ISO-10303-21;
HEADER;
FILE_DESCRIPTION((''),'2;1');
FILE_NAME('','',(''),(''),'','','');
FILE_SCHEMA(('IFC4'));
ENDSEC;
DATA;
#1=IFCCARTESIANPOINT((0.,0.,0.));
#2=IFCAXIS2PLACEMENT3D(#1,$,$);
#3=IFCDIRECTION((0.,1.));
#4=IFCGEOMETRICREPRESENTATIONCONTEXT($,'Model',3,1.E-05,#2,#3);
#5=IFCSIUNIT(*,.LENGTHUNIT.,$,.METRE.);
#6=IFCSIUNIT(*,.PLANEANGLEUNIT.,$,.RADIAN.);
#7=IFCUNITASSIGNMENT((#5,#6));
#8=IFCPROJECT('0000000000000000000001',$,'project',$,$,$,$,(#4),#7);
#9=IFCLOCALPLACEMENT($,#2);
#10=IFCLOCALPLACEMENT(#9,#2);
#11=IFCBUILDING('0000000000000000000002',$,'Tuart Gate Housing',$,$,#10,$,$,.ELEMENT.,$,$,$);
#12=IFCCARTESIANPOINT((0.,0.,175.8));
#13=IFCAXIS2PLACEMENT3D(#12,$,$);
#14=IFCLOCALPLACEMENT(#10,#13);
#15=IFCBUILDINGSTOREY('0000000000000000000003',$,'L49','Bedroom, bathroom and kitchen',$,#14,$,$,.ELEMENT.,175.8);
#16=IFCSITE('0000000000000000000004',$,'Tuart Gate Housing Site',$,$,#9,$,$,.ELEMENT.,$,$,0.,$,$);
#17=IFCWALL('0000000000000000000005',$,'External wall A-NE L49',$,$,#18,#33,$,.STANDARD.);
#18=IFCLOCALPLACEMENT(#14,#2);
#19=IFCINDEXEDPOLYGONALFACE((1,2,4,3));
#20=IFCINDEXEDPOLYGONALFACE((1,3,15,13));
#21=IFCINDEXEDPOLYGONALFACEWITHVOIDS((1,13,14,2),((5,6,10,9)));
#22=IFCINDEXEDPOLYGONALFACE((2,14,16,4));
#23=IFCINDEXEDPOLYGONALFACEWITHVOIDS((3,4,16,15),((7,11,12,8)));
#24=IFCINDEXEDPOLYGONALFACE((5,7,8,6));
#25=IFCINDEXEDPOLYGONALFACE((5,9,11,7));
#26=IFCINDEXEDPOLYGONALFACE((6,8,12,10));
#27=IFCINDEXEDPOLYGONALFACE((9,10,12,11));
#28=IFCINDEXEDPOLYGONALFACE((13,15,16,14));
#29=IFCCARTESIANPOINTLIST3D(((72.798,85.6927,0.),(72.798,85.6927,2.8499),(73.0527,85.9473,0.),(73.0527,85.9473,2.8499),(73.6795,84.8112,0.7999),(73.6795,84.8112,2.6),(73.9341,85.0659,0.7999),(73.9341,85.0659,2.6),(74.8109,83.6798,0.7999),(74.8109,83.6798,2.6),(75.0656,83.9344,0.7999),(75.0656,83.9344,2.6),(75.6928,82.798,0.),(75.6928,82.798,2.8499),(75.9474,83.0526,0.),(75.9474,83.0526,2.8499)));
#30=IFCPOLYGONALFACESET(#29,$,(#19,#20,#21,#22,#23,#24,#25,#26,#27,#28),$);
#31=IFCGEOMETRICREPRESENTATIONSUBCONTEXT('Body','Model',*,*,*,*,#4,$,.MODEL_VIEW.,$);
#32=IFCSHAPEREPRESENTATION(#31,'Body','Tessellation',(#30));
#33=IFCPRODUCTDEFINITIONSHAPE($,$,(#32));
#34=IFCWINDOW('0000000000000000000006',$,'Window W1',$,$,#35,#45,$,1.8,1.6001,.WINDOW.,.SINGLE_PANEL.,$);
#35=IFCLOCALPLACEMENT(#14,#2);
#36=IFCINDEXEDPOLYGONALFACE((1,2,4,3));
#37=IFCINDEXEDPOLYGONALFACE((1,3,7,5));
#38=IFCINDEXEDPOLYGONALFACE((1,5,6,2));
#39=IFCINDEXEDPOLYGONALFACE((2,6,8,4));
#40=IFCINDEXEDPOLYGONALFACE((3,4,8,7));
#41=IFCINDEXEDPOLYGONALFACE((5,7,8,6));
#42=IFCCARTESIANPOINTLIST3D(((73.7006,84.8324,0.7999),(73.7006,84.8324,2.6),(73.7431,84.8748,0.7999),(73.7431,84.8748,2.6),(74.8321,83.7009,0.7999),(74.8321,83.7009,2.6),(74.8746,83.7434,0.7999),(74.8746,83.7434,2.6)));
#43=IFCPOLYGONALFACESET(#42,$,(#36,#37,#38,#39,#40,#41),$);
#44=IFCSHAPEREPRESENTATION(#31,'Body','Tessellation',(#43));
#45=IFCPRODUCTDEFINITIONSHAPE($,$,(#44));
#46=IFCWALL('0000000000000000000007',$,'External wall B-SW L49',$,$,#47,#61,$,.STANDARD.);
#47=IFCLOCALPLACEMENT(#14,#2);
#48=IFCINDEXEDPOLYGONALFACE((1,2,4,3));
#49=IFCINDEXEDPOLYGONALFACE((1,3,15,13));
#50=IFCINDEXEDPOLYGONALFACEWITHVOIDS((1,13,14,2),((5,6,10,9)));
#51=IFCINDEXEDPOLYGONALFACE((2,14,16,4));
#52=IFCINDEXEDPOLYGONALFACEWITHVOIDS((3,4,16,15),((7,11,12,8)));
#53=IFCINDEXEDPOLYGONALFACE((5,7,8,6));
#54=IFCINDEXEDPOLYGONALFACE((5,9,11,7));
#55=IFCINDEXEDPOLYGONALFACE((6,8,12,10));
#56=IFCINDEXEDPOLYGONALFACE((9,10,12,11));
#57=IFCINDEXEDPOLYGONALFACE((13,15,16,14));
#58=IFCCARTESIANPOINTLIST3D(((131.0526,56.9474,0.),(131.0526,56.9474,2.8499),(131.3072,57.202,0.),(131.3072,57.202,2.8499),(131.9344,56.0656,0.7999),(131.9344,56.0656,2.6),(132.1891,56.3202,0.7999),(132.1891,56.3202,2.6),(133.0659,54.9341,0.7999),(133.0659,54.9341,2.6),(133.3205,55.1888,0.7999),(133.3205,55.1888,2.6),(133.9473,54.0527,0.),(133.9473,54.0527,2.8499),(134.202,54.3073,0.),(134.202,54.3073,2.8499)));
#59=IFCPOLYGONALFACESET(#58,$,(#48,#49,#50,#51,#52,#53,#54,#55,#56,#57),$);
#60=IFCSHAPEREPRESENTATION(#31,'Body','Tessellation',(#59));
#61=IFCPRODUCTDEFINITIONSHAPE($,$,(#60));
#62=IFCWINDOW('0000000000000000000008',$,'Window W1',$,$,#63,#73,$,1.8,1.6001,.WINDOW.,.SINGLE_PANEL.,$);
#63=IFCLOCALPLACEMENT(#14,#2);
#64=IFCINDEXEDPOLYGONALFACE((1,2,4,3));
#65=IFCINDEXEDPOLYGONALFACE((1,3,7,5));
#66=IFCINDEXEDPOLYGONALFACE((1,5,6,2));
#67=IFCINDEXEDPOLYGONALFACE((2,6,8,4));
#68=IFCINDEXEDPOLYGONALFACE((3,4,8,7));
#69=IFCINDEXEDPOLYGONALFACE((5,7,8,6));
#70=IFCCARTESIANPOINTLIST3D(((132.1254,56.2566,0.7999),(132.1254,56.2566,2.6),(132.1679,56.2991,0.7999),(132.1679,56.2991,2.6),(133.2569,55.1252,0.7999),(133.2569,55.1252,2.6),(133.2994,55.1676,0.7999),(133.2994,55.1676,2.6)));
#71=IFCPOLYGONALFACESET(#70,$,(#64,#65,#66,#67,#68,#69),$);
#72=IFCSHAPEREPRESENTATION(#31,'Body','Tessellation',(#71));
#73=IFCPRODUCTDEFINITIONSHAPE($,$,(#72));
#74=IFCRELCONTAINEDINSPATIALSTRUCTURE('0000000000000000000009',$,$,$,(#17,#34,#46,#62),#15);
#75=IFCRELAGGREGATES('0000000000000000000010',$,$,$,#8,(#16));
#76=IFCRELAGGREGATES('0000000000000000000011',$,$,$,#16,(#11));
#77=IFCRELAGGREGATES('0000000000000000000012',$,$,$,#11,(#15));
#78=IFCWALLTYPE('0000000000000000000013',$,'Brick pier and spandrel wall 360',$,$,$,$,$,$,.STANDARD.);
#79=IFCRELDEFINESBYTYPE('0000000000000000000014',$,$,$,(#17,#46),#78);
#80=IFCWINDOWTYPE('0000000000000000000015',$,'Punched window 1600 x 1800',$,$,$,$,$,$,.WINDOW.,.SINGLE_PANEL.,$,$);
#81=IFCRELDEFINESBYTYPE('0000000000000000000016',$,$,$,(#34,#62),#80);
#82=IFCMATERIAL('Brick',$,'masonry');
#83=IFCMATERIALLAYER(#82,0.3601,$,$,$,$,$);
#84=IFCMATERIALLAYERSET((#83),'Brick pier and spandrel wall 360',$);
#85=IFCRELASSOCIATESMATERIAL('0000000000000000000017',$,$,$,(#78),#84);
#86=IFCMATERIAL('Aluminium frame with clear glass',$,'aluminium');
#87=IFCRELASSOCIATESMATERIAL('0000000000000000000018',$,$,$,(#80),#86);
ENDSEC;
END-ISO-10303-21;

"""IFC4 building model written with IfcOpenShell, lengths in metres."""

from ifc_helpers import new_model, si_unit, direction, frame, frame_2d, origin, place, context, subcontext, project, spatial, rectangle, extrude, material, layer, layer_set, type_object, element, fill, save


model = new_model("IFC4")

# Units and contexts
model_context = context("Model", 3, precision=1e-05, world=origin(), true_north=direction((0.0, 1.0)))
body_context = subcontext(model_context, "Body", "Model", "MODEL_VIEW")
ifc_project = project(units=[si_unit("LENGTHUNIT", "METRE"), si_unit("PLANEANGLEUNIT", "RADIAN")], contexts=[model_context])

# Site, building, storey
site_placement = place(None, origin())
site = spatial("IfcSite", under=ifc_project, at=site_placement, Name="Tuart Gate Housing Site", CompositionType="ELEMENT", RefElevation=0.0)
building_placement = place(site_placement, origin())
building = spatial("IfcBuilding", under=site, at=building_placement, Name="Tuart Gate Housing", CompositionType="ELEMENT")
storey_placement = place(building_placement, frame((0.0, 0.0, 175.8)))
storey = spatial("IfcBuildingStorey", under=building, at=storey_placement, Name="L49", Description="Bedroom, bathroom and kitchen", CompositionType="ELEMENT", Elevation=175.8)

# Shared definitions
ifc_material_1 = material(Name="Brick", Category="masonry")
ifc_layer_1 = layer(ifc_material_1, 0.3601)
ifc_layer_set_1 = layer_set([ifc_layer_1], Name="Brick pier and spandrel wall 360")
wall_type_1 = type_object("IfcWallType", Name="Brick pier and spandrel wall 360", PredefinedType="STANDARD", material=ifc_layer_set_1)
ifc_material_2 = material(Name="Aluminium frame with clear glass", Category="aluminium")
window_type_1 = type_object("IfcWindowType", Name="Punched window 1600 x 1800", PartitioningType="SINGLE_PANEL", PredefinedType="WINDOW", material=ifc_material_2)

# Walls, openings, windows
wall_1_placement = place(storey_placement, frame((75.8201, 82.9253, 0.0), z_axis=(0.0, 0.0, 1.0), x_axis=(-0.707107, 0.707107, 0.0)))
wall_1 = element("IfcWall", 1, at=wall_1_placement, inside=storey, type_object=wall_type_1, Name="External wall A-NE L49", PredefinedType="STANDARD", context=body_context, shape_type="SweptSolid", body=[
    extrude(rectangle(XDim=4.0938, YDim=0.3601, at=frame_2d((2.0469, 0.0))), origin(), (0.0, 0.0, 1.0), 2.8499),
])
opening_1_placement = place(wall_1_placement, frame((1.2471, 0.0, 0.8)))
opening_1 = element("IfcOpeningElement", 2, at=opening_1_placement, cuts=wall_1, PredefinedType="OPENING", context=body_context, shape_type="SweptSolid", body=[
    extrude(rectangle(XDim=1.6001, YDim=1.8, at=frame_2d((0.8, 0.8999))), frame((0.0, 0.1899, 0.0), z_axis=(0.0, -1.0, 0.0), x_axis=(1.0, 0.0, 0.0)), (0.0, 0.0, 1.0), 0.3801),
])
window_1_placement = place(opening_1_placement, origin())
window_1 = element("IfcWindow", 3, at=window_1_placement, inside=storey, type_object=window_type_1, Name="Window W1", OverallHeight=1.8, OverallWidth=1.6001, PartitioningType="SINGLE_PANEL", PredefinedType="WINDOW", context=body_context, shape_type="SweptSolid", body=[
    extrude(rectangle(XDim=1.6001, YDim=1.8, at=frame_2d((0.8, 0.8999))), frame((0.0, 0.1501, 0.0), z_axis=(0.0, -1.0, 0.0), x_axis=(1.0, 0.0, 0.0)), (0.0, 0.0, 1.0), 0.0601),
])
fill(opening_1, window_1)
wall_2_placement = place(storey_placement, frame((131.1799, 57.0747, 0.0), z_axis=(0.0, 0.0, 1.0), x_axis=(0.707107, -0.707107, 0.0)))
wall_2 = element("IfcWall", 4, at=wall_2_placement, inside=storey, type_object=wall_type_1, Name="External wall B-SW L49", PredefinedType="STANDARD", context=body_context, shape_type="SweptSolid", body=[
    extrude(rectangle(XDim=4.0938, YDim=0.3601, at=frame_2d((2.0469, 0.0))), origin(), (0.0, 0.0, 1.0), 2.8499),
])
opening_2_placement = place(wall_2_placement, frame((1.2471, 0.0, 0.8)))
opening_2 = element("IfcOpeningElement", 5, at=opening_2_placement, cuts=wall_2, PredefinedType="OPENING", context=body_context, shape_type="SweptSolid", body=[
    extrude(rectangle(XDim=1.6001, YDim=1.8, at=frame_2d((0.8, 0.8999))), frame((0.0, 0.1899, 0.0), z_axis=(0.0, -1.0, 0.0), x_axis=(1.0, 0.0, 0.0)), (0.0, 0.0, 1.0), 0.3801),
])
window_2_placement = place(opening_2_placement, origin())
window_2 = element("IfcWindow", 6, at=window_2_placement, inside=storey, type_object=window_type_1, Name="Window W1", OverallHeight=1.8, OverallWidth=1.6001, PartitioningType="SINGLE_PANEL", PredefinedType="WINDOW", context=body_context, shape_type="SweptSolid", body=[
    extrude(rectangle(XDim=1.6001, YDim=1.8, at=frame_2d((0.8, 0.8999))), frame((0.0, 0.1501, 0.0), z_axis=(0.0, -1.0, 0.0), x_axis=(1.0, 0.0, 0.0)), (0.0, 0.0, 1.0), 0.0601),
])
fill(opening_2, window_2)

save(model, "model.ifc")
